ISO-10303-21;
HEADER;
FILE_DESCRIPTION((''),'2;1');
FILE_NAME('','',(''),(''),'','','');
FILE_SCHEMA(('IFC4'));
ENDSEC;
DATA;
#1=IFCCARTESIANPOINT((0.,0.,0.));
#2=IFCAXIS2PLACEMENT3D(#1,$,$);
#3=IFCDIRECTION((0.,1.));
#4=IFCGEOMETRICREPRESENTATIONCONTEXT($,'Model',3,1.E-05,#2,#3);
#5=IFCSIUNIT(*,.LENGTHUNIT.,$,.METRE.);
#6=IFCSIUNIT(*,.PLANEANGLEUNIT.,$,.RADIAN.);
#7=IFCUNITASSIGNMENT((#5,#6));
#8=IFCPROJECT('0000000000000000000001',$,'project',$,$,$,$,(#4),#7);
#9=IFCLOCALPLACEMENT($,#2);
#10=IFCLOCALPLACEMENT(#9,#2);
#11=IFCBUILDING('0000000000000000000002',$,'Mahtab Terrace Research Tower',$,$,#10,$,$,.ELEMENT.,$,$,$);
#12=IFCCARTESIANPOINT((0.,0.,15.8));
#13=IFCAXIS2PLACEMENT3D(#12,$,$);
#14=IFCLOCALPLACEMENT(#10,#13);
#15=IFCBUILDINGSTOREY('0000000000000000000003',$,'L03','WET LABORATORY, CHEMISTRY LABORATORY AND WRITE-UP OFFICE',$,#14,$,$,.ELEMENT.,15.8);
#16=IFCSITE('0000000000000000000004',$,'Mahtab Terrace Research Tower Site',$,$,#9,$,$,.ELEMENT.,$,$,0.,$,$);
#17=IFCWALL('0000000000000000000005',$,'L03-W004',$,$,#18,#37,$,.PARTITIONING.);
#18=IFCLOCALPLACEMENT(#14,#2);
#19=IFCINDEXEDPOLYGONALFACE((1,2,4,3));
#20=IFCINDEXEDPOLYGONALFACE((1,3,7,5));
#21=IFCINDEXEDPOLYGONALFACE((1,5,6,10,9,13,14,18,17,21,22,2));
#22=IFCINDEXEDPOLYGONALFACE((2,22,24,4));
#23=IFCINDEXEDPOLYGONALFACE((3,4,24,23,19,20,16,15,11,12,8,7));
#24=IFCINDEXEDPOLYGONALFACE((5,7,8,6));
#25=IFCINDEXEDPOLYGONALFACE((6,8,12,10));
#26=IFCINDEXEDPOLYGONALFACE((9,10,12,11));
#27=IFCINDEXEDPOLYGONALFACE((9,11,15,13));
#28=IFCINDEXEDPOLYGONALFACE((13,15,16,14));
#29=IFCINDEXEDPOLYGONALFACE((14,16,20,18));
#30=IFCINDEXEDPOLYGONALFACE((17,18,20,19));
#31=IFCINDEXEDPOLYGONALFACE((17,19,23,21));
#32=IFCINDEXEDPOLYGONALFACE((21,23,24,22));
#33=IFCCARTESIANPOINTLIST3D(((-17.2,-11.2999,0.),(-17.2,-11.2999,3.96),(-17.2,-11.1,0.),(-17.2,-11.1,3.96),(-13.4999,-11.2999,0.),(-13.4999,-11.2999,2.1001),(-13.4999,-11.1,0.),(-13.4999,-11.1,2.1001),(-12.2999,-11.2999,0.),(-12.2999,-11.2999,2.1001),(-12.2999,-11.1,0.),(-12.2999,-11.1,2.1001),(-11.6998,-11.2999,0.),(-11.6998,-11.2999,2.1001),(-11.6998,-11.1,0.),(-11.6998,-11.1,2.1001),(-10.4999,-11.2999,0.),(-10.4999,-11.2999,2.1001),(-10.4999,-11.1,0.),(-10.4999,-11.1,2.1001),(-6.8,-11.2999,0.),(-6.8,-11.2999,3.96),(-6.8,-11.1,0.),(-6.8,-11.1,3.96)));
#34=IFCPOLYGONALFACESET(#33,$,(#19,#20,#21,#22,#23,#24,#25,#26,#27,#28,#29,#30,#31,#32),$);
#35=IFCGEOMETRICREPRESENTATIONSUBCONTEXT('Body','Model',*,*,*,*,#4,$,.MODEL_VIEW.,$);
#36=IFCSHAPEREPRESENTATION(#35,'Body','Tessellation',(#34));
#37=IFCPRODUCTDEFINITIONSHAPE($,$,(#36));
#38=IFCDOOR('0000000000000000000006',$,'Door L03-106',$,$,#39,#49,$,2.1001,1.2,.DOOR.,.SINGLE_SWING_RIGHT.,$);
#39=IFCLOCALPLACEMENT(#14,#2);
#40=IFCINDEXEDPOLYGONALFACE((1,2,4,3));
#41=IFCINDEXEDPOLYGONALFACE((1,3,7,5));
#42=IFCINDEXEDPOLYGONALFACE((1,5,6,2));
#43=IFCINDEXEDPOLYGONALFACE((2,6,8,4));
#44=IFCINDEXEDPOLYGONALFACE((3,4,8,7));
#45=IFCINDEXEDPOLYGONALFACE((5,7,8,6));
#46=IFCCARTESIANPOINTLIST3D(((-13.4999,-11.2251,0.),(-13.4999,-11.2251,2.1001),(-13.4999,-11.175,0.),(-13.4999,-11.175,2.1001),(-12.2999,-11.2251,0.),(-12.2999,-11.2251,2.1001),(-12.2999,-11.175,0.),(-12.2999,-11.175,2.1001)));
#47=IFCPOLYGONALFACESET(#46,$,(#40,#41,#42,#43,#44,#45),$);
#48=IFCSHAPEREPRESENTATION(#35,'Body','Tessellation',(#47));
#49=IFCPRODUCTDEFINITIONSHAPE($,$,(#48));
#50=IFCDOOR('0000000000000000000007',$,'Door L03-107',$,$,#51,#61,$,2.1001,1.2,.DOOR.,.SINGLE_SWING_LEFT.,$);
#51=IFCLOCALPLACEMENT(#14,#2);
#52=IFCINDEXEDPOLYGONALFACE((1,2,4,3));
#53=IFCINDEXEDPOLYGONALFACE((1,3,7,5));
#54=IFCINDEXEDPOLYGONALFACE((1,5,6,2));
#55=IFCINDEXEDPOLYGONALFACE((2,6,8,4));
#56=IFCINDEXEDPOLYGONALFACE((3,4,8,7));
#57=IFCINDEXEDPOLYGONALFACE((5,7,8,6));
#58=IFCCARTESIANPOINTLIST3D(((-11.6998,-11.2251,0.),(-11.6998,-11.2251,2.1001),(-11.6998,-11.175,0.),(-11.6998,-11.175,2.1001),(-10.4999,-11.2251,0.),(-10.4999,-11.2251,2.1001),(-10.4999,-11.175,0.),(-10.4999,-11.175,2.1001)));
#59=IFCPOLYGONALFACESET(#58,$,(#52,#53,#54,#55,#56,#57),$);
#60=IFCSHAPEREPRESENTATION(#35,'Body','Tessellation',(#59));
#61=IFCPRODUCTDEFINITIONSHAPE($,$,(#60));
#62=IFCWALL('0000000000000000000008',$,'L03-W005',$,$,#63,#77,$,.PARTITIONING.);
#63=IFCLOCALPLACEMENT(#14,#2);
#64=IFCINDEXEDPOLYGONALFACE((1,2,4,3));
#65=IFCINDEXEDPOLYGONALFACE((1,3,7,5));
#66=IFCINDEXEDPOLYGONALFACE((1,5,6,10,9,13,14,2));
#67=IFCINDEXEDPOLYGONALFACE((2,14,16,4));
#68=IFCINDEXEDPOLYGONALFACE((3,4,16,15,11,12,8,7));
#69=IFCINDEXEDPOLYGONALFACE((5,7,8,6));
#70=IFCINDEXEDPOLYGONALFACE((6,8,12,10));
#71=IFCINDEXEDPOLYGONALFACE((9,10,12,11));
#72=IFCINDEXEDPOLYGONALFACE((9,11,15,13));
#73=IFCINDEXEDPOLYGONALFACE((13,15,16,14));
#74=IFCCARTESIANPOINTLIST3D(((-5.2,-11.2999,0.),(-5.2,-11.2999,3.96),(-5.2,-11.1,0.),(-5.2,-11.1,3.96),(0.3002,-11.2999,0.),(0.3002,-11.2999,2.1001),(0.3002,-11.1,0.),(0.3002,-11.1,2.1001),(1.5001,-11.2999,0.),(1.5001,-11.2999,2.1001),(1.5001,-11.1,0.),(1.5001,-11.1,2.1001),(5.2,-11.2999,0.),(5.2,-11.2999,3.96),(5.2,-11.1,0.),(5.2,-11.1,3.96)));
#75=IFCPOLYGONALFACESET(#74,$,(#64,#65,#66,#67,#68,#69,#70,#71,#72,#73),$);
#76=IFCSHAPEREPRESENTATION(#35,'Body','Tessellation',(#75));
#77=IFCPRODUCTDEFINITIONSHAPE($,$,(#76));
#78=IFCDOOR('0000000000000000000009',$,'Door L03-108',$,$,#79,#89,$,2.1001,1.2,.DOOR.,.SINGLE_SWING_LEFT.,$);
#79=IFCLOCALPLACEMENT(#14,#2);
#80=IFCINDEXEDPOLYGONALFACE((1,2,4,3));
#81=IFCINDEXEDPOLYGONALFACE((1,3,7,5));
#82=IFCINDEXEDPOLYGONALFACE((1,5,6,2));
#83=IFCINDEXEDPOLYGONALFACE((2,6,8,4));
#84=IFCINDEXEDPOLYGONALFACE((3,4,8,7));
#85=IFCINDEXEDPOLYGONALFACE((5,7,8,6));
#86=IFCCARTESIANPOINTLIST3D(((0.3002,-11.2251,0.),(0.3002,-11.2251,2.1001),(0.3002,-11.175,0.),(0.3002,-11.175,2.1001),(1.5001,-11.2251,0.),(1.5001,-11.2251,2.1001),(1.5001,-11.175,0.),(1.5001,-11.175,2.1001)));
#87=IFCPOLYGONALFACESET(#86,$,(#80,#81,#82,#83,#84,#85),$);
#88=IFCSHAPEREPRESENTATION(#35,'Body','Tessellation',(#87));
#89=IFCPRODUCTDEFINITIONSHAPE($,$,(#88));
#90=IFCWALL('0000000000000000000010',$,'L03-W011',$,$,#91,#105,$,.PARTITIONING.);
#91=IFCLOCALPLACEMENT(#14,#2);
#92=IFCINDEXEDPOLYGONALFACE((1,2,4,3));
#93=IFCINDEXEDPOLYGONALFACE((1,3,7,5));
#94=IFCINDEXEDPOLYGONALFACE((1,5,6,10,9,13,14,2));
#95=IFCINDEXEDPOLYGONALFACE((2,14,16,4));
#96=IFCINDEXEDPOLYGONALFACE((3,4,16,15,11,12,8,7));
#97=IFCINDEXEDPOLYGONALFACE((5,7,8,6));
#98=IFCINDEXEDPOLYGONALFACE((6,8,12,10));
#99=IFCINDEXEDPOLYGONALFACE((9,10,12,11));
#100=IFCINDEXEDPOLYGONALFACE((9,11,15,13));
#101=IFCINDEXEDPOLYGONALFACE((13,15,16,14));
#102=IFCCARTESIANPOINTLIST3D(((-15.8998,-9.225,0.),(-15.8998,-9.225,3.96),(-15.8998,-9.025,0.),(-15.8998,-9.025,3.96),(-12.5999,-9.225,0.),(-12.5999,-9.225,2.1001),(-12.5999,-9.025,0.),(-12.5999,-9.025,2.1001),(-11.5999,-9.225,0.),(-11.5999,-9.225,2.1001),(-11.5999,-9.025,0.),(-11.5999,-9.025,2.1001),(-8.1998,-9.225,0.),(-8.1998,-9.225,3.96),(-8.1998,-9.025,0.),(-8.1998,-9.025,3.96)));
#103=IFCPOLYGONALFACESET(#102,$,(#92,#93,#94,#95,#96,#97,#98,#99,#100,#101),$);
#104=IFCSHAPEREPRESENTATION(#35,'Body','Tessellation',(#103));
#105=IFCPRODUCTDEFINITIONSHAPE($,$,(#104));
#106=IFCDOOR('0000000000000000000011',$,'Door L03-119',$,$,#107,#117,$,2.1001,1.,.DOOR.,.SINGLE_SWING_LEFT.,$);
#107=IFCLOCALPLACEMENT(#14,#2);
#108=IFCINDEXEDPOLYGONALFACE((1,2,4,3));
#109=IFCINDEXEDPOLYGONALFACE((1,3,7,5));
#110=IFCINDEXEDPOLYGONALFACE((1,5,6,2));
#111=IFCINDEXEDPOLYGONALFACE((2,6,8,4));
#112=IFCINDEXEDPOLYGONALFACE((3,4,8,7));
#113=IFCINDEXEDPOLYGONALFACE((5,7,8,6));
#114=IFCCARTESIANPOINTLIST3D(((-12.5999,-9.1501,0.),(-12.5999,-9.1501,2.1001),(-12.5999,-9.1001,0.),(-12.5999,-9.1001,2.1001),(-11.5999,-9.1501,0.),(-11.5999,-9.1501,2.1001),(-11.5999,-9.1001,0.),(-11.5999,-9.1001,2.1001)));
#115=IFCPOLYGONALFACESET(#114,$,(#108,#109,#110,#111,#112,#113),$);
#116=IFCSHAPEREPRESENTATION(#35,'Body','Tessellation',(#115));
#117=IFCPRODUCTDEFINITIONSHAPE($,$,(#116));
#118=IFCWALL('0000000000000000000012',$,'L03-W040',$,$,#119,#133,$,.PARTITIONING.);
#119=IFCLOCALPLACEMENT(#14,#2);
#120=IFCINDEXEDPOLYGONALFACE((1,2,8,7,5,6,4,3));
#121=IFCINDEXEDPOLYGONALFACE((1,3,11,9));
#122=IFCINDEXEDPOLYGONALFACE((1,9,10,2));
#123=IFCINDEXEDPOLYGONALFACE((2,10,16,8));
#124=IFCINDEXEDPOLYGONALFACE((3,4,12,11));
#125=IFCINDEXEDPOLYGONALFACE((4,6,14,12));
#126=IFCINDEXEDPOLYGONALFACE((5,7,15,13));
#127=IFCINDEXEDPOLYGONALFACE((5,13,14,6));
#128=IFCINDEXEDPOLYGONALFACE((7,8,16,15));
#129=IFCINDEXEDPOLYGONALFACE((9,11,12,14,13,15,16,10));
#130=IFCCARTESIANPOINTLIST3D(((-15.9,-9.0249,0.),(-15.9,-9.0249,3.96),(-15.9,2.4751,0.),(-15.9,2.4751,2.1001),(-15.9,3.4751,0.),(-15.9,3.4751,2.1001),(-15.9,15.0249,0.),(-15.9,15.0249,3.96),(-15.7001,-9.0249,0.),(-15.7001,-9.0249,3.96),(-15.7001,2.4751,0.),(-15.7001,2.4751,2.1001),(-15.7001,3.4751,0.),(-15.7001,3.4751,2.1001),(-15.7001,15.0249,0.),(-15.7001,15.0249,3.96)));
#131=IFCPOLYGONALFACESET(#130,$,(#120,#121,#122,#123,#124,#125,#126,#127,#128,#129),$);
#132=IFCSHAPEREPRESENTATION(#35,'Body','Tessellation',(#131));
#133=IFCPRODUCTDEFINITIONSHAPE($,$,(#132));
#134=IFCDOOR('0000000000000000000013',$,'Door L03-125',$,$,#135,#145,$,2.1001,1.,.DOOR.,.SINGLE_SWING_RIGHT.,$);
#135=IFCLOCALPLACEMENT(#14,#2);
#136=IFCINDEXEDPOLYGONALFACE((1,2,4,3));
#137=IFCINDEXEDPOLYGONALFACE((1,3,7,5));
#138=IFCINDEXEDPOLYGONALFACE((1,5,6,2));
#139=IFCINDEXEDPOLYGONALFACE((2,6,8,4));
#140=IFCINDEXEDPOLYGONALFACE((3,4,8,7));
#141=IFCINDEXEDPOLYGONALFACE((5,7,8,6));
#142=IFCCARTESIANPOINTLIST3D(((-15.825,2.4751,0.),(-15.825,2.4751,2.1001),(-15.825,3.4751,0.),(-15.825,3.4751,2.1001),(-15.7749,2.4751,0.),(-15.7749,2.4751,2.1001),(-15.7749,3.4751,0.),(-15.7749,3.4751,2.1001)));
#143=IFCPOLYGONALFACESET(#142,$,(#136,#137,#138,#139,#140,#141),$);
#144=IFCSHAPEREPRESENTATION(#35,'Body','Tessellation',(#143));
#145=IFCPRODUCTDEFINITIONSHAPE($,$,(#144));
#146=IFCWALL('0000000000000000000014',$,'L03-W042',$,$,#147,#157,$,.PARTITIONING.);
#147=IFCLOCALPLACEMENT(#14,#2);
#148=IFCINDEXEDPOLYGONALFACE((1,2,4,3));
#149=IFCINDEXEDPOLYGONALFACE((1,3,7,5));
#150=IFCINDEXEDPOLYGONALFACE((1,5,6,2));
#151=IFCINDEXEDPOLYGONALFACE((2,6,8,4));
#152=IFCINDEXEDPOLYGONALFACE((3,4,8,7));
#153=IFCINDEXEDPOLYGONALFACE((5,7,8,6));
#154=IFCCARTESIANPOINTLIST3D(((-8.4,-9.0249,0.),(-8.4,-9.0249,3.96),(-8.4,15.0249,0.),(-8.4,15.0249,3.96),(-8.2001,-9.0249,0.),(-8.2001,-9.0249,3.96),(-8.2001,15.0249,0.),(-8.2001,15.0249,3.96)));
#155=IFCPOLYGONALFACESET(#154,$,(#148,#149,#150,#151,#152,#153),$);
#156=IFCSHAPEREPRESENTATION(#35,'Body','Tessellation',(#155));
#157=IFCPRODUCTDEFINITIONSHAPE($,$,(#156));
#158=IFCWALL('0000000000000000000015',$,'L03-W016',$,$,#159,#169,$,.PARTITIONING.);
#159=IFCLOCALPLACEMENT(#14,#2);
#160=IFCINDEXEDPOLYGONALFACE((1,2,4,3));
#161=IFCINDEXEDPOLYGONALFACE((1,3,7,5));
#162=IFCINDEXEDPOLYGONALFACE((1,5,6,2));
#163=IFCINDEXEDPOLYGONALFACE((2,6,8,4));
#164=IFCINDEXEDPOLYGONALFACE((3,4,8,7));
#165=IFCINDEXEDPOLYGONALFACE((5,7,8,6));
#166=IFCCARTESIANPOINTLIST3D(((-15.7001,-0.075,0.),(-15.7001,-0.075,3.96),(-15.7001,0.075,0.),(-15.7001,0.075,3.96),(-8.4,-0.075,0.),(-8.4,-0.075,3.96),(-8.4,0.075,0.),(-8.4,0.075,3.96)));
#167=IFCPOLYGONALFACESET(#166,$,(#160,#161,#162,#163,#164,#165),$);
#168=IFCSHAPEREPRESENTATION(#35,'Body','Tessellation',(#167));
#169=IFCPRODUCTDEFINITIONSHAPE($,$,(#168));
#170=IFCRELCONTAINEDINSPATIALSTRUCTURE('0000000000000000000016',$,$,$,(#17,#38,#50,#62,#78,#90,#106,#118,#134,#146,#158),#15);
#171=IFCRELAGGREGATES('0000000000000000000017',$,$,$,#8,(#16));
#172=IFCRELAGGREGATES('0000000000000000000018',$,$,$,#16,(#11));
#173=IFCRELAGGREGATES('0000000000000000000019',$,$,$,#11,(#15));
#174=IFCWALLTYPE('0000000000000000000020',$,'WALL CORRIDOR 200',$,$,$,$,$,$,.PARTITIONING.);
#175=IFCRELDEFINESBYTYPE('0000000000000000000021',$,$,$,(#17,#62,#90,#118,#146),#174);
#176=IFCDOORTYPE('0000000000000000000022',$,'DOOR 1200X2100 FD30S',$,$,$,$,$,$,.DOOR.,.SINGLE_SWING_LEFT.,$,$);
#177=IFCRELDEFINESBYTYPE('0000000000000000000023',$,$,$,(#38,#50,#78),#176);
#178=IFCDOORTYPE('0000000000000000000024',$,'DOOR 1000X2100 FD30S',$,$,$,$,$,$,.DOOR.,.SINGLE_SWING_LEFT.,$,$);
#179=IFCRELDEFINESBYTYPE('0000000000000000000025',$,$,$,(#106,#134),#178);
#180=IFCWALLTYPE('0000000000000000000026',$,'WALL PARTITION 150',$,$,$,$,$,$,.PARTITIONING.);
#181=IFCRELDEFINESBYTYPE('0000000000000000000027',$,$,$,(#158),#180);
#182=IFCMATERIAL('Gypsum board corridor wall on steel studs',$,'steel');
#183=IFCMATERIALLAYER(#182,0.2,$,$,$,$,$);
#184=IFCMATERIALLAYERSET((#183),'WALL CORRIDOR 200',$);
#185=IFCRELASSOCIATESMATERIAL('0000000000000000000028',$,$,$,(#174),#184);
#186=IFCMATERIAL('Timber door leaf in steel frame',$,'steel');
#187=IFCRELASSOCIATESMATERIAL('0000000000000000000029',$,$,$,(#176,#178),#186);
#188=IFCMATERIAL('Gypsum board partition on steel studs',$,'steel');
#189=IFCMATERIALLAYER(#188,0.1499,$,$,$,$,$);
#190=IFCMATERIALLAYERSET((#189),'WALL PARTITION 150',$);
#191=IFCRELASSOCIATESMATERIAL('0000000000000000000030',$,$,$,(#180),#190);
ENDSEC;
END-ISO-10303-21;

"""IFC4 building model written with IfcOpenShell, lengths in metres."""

from ifc_helpers import new_model, si_unit, direction, frame, frame_2d, origin, place, context, subcontext, project, spatial, rectangle, extrude, material, layer, layer_set, type_object, element, fill, save


model = new_model("IFC4")

# Units and contexts
model_context = context("Model", 3, precision=1e-05, world=origin(), true_north=direction((0.0, 1.0)))
body_context = subcontext(model_context, "Body", "Model", "MODEL_VIEW")
ifc_project = project(units=[si_unit("LENGTHUNIT", "METRE"), si_unit("PLANEANGLEUNIT", "RADIAN")], contexts=[model_context])

# Site, building, storey
site_placement = place(None, origin())
site = spatial("IfcSite", under=ifc_project, at=site_placement, Name="Mahtab Terrace Research Tower Site", CompositionType="ELEMENT", RefElevation=0.0)
building_placement = place(site_placement, origin())
building = spatial("IfcBuilding", under=site, at=building_placement, Name="Mahtab Terrace Research Tower", CompositionType="ELEMENT")
storey_placement = place(building_placement, frame((0.0, 0.0, 15.8)))
storey = spatial("IfcBuildingStorey", under=building, at=storey_placement, Name="L03", Description="WET LABORATORY, CHEMISTRY LABORATORY AND WRITE-UP OFFICE", CompositionType="ELEMENT", Elevation=15.8)

# Wall, openings, doors
ifc_material_1 = material(Name="Gypsum board corridor wall on steel studs", Category="steel")
ifc_layer_1 = layer(ifc_material_1, 0.2)
ifc_layer_set_1 = layer_set([ifc_layer_1], Name="WALL CORRIDOR 200")
wall_type_1 = type_object("IfcWallType", Name="WALL CORRIDOR 200", PredefinedType="PARTITIONING", material=ifc_layer_set_1)
wall_1_placement = place(storey_placement, frame((-17.2, -11.2, 0.0), z_axis=(0.0, 0.0, 1.0), x_axis=(1.0, 0.0, 0.0)))
wall_1 = element("IfcWall", 1, at=wall_1_placement, inside=storey, type_object=wall_type_1, Name="L03-W004", PredefinedType="PARTITIONING", context=body_context, shape_type="SweptSolid", body=[
    extrude(rectangle(XDim=10.3999, YDim=0.2, at=frame_2d((5.2, 0.0))), origin(), (0.0, 0.0, 1.0), 3.96),
])
opening_1_placement = place(wall_1_placement, frame((3.7, 0.0, 0.0)))
opening_1 = element("IfcOpeningElement", 2, at=opening_1_placement, cuts=wall_1, PredefinedType="OPENING", context=body_context, shape_type="SweptSolid", body=[
    extrude(rectangle(XDim=1.2, YDim=2.1001, at=frame_2d((0.6001, 1.05))), frame((0.0, 0.1099, 0.0), z_axis=(0.0, -1.0, 0.0), x_axis=(1.0, 0.0, 0.0)), (0.0, 0.0, 1.0), 0.22),
])
opening_2_placement = place(wall_1_placement, frame((5.5, 0.0, 0.0)))
opening_2 = element("IfcOpeningElement", 3, at=opening_2_placement, cuts=wall_1, PredefinedType="OPENING", context=body_context, shape_type="SweptSolid", body=[
    extrude(rectangle(XDim=1.2, YDim=2.1001, at=frame_2d((0.6001, 1.05))), frame((0.0, 0.1099, 0.0), z_axis=(0.0, -1.0, 0.0), x_axis=(1.0, 0.0, 0.0)), (0.0, 0.0, 1.0), 0.22),
])
ifc_material_2 = material(Name="Timber door leaf in steel frame", Category="steel")
door_type_1 = type_object("IfcDoorType", Name="DOOR 1200X2100 FD30S", OperationType="SINGLE_SWING_LEFT", PredefinedType="DOOR", material=ifc_material_2)
door_1_placement = place(opening_1_placement, origin())
door_1 = element("IfcDoor", 4, at=door_1_placement, inside=storey, type_object=door_type_1, Name="Door L03-106", OperationType="SINGLE_SWING_RIGHT", OverallHeight=2.1001, OverallWidth=1.2, PredefinedType="DOOR", context=body_context, shape_type="SweptSolid", body=[
    extrude(rectangle(XDim=1.2, YDim=2.1001, at=frame_2d((0.6001, 1.05))), frame((0.0, 0.0249, 0.0), z_axis=(0.0, -1.0, 0.0), x_axis=(1.0, 0.0, 0.0)), (0.0, 0.0, 1.0), 0.05),
])
fill(opening_1, door_1)
door_2_placement = place(opening_2_placement, origin())
door_2 = element("IfcDoor", 5, at=door_2_placement, inside=storey, type_object=door_type_1, Name="Door L03-107", OperationType="SINGLE_SWING_LEFT", OverallHeight=2.1001, OverallWidth=1.2, PredefinedType="DOOR", context=body_context, shape_type="SweptSolid", body=[
    extrude(rectangle(XDim=1.2, YDim=2.1001, at=frame_2d((0.6001, 1.05))), frame((0.0, 0.0249, 0.0), z_axis=(0.0, -1.0, 0.0), x_axis=(1.0, 0.0, 0.0)), (0.0, 0.0, 1.0), 0.05),
])
fill(opening_2, door_2)

# Walls, openings, doors
wall_2_placement = place(storey_placement, frame((-5.2, -11.2, 0.0), z_axis=(0.0, 0.0, 1.0), x_axis=(1.0, 0.0, 0.0)))
wall_2 = element("IfcWall", 6, at=wall_2_placement, inside=storey, type_object=wall_type_1, Name="L03-W005", PredefinedType="PARTITIONING", context=body_context, shape_type="SweptSolid", body=[
    extrude(rectangle(XDim=10.3999, YDim=0.2, at=frame_2d((5.2, 0.0))), origin(), (0.0, 0.0, 1.0), 3.96),
])
opening_3_placement = place(wall_2_placement, frame((5.5, 0.0, 0.0)))
opening_3 = element("IfcOpeningElement", 7, at=opening_3_placement, cuts=wall_2, PredefinedType="OPENING", context=body_context, shape_type="SweptSolid", body=[
    extrude(rectangle(XDim=1.2, YDim=2.1001, at=frame_2d((0.6001, 1.05))), frame((0.0, 0.1099, 0.0), z_axis=(0.0, -1.0, 0.0), x_axis=(1.0, 0.0, 0.0)), (0.0, 0.0, 1.0), 0.22),
])
door_3_placement = place(opening_3_placement, origin())
door_3 = element("IfcDoor", 8, at=door_3_placement, inside=storey, type_object=door_type_1, Name="Door L03-108", OperationType="SINGLE_SWING_LEFT", OverallHeight=2.1001, OverallWidth=1.2, PredefinedType="DOOR", context=body_context, shape_type="SweptSolid", body=[
    extrude(rectangle(XDim=1.2, YDim=2.1001, at=frame_2d((0.6001, 1.05))), frame((0.0, 0.0249, 0.0), z_axis=(0.0, -1.0, 0.0), x_axis=(1.0, 0.0, 0.0)), (0.0, 0.0, 1.0), 0.05),
])
fill(opening_3, door_3)
wall_3_placement = place(storey_placement, frame((-15.8999, -9.125, 0.0), z_axis=(0.0, 0.0, 1.0), x_axis=(1.0, 0.0, 0.0)))
wall_3 = element("IfcWall", 9, at=wall_3_placement, inside=storey, type_object=wall_type_1, Name="L03-W011", PredefinedType="PARTITIONING", context=body_context, shape_type="SweptSolid", body=[
    extrude(rectangle(XDim=7.7, YDim=0.2, at=frame_2d((3.8501, 0.0))), origin(), (0.0, 0.0, 1.0), 3.96),
])
opening_4_placement = place(wall_3_placement, frame((3.3, 0.0, 0.0)))
opening_4 = element("IfcOpeningElement", 10, at=opening_4_placement, cuts=wall_3, PredefinedType="OPENING", context=body_context, shape_type="SweptSolid", body=[
    extrude(rectangle(XDim=1.0, YDim=2.1001, at=frame_2d((0.5, 1.05))), frame((0.0, 0.1099, 0.0), z_axis=(0.0, -1.0, 0.0), x_axis=(1.0, 0.0, 0.0)), (0.0, 0.0, 1.0), 0.22),
])
door_type_2 = type_object("IfcDoorType", Name="DOOR 1000X2100 FD30S", OperationType="SINGLE_SWING_LEFT", PredefinedType="DOOR", material=ifc_material_2)
door_4_placement = place(opening_4_placement, origin())
door_4 = element("IfcDoor", 11, at=door_4_placement, inside=storey, type_object=door_type_2, Name="Door L03-119", OperationType="SINGLE_SWING_LEFT", OverallHeight=2.1001, OverallWidth=1.0, PredefinedType="DOOR", context=body_context, shape_type="SweptSolid", body=[
    extrude(rectangle(XDim=1.0, YDim=2.1001, at=frame_2d((0.5, 1.05))), frame((0.0, 0.0249, 0.0), z_axis=(0.0, -1.0, 0.0), x_axis=(1.0, 0.0, 0.0)), (0.0, 0.0, 1.0), 0.05),
])
fill(opening_4, door_4)
wall_4_placement = place(storey_placement, frame((-15.8, -9.0249, 0.0), z_axis=(0.0, 0.0, 1.0), x_axis=(0.0, 1.0, 0.0)))
wall_4 = element("IfcWall", 12, at=wall_4_placement, inside=storey, type_object=wall_type_1, Name="L03-W040", PredefinedType="PARTITIONING", context=body_context, shape_type="SweptSolid", body=[
    extrude(rectangle(XDim=24.0498, YDim=0.2, at=frame_2d((12.0249, 0.0))), origin(), (0.0, 0.0, 1.0), 3.96),
])
opening_5_placement = place(wall_4_placement, frame((11.5, 0.0, 0.0)))
opening_5 = element("IfcOpeningElement", 13, at=opening_5_placement, cuts=wall_4, PredefinedType="OPENING", context=body_context, shape_type="SweptSolid", body=[
    extrude(rectangle(XDim=1.0, YDim=2.1001, at=frame_2d((0.5, 1.05))), frame((0.0, 0.1099, 0.0), z_axis=(0.0, -1.0, 0.0), x_axis=(1.0, 0.0, 0.0)), (0.0, 0.0, 1.0), 0.22),
])
door_5_placement = place(opening_5_placement, origin())
door_5 = element("IfcDoor", 14, at=door_5_placement, inside=storey, type_object=door_type_2, Name="Door L03-125", OperationType="SINGLE_SWING_RIGHT", OverallHeight=2.1001, OverallWidth=1.0, PredefinedType="DOOR", context=body_context, shape_type="SweptSolid", body=[
    extrude(rectangle(XDim=1.0, YDim=2.1001, at=frame_2d((0.5, 1.05))), frame((0.0, 0.0249, 0.0), z_axis=(0.0, -1.0, 0.0), x_axis=(1.0, 0.0, 0.0)), (0.0, 0.0, 1.0), 0.05),
])
fill(opening_5, door_5)

# Walls
wall_5_placement = place(storey_placement, frame((-8.3, -9.0249, 0.0), z_axis=(0.0, 0.0, 1.0), x_axis=(0.0, 1.0, 0.0)))
element("IfcWall", 15, at=wall_5_placement, inside=storey, type_object=wall_type_1, Name="L03-W042", PredefinedType="PARTITIONING", context=body_context, shape_type="SweptSolid", body=[
    extrude(rectangle(XDim=24.0498, YDim=0.2, at=frame_2d((12.0249, 0.0))), origin(), (0.0, 0.0, 1.0), 3.96),
])
ifc_material_3 = material(Name="Gypsum board partition on steel studs", Category="steel")
ifc_layer_2 = layer(ifc_material_3, 0.1499)
ifc_layer_set_2 = layer_set([ifc_layer_2], Name="WALL PARTITION 150")
wall_type_2 = type_object("IfcWallType", Name="WALL PARTITION 150", PredefinedType="PARTITIONING", material=ifc_layer_set_2)
wall_6_placement = place(storey_placement, frame((-15.7, 0.0, 0.0), z_axis=(0.0, 0.0, 1.0), x_axis=(1.0, 0.0, 0.0)))
element("IfcWall", 16, at=wall_6_placement, inside=storey, type_object=wall_type_2, Name="L03-W016", PredefinedType="PARTITIONING", context=body_context, shape_type="SweptSolid", body=[
    extrude(rectangle(XDim=7.3, YDim=0.1499, at=frame_2d((3.6499, 0.0))), origin(), (0.0, 0.0, 1.0), 3.96),
])

save(model, "model.ifc")
